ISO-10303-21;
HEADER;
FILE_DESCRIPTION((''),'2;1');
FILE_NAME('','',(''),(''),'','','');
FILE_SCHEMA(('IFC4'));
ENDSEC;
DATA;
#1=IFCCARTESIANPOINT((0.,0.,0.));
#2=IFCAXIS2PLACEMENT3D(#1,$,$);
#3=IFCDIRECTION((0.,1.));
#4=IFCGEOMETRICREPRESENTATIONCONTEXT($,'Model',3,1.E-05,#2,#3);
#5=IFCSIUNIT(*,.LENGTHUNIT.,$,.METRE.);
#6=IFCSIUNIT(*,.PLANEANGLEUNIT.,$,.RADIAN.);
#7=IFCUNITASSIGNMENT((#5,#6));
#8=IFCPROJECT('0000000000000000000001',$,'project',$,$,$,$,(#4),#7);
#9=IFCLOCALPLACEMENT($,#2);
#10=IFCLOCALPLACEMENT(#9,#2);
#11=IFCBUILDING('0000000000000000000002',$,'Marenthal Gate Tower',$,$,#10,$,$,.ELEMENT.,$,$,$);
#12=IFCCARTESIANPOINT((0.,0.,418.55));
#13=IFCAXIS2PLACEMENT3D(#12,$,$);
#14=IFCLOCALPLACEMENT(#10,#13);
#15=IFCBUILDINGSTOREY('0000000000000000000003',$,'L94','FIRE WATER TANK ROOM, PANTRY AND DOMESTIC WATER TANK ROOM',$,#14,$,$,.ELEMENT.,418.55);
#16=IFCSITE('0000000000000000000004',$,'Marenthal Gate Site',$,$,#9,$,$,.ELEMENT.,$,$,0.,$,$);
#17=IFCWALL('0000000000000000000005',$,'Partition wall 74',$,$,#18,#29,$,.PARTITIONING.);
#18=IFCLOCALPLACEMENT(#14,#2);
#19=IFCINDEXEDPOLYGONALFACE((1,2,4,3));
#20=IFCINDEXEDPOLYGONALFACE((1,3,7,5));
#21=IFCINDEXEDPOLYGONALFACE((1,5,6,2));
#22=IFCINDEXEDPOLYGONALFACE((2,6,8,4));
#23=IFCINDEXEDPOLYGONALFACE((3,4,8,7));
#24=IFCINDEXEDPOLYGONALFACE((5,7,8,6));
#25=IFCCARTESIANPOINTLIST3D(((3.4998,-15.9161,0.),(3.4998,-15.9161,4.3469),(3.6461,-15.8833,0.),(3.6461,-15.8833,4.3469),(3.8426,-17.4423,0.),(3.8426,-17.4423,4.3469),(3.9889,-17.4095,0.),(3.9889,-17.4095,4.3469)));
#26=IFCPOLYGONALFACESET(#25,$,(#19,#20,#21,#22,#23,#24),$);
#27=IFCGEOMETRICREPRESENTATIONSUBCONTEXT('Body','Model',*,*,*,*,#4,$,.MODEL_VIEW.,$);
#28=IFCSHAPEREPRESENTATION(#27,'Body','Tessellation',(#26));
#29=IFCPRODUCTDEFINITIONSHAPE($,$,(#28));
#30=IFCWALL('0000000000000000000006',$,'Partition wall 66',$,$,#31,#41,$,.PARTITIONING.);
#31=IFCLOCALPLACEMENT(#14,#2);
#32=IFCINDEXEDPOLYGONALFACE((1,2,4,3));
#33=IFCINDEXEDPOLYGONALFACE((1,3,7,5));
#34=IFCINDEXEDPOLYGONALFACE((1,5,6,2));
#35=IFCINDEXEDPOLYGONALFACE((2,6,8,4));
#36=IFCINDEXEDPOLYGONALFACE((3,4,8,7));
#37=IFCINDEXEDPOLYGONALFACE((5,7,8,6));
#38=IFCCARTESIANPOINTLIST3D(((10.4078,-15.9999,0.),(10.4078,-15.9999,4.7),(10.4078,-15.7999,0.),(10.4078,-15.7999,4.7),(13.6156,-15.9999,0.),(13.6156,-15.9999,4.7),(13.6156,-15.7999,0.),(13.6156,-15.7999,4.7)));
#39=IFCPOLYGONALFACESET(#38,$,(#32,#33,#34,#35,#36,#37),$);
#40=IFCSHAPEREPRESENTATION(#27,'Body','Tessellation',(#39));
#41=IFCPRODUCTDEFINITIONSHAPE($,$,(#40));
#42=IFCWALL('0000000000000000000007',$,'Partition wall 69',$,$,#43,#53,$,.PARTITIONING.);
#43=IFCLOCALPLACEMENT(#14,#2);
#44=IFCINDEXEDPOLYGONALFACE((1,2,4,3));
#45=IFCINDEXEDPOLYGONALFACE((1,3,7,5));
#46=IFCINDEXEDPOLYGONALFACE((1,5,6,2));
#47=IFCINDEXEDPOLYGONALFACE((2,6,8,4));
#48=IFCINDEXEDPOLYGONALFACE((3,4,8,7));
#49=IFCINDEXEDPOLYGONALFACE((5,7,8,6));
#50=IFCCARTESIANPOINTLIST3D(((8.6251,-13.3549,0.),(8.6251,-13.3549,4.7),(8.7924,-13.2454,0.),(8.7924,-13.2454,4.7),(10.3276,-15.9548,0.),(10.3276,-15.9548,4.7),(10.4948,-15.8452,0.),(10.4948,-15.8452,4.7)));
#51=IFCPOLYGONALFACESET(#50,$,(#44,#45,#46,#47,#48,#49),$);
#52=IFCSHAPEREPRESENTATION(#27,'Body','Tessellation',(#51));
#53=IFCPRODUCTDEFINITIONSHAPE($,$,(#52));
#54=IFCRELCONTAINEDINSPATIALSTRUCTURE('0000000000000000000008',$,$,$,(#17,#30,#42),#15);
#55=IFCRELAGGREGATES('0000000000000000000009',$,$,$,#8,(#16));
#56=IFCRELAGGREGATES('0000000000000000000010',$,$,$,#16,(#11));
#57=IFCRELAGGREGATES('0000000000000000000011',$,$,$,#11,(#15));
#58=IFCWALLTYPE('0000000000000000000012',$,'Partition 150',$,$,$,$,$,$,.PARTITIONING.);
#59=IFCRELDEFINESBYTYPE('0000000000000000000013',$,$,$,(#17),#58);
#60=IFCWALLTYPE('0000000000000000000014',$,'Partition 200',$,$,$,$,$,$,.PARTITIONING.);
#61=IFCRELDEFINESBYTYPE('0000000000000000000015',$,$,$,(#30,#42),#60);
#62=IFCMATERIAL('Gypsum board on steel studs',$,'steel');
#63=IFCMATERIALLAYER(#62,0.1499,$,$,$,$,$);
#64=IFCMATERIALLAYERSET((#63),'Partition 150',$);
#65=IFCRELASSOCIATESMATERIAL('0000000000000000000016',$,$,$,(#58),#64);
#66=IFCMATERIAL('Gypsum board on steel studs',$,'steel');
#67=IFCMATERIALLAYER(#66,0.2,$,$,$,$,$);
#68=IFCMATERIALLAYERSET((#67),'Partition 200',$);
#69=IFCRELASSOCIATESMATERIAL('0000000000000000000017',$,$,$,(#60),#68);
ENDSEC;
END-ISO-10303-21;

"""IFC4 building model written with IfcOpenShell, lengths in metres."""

from ifc_helpers import new_model, si_unit, direction, frame, frame_2d, origin, place, context, subcontext, project, spatial, rectangle, extrude, material, layer, layer_set, type_object, element, save


model = new_model("IFC4")

# Units and contexts
model_context = context("Model", 3, precision=1e-05, world=origin(), true_north=direction((0.0, 1.0)))
body_context = subcontext(model_context, "Body", "Model", "MODEL_VIEW")
ifc_project = project(units=[si_unit("LENGTHUNIT", "METRE"), si_unit("PLANEANGLEUNIT", "RADIAN")], contexts=[model_context])

# Site, building, storey
site_placement = place(None, origin())
site = spatial("IfcSite", under=ifc_project, at=site_placement, Name="Marenthal Gate Site", CompositionType="ELEMENT", RefElevation=0.0)
building_placement = place(site_placement, origin())
building = spatial("IfcBuilding", under=site, at=building_placement, Name="Marenthal Gate Tower", CompositionType="ELEMENT")
storey_placement = place(building_placement, frame((0.0, 0.0, 418.55)))
storey = spatial("IfcBuildingStorey", under=building, at=storey_placement, Name="L94", Description="FIRE WATER TANK ROOM, PANTRY AND DOMESTIC WATER TANK ROOM", CompositionType="ELEMENT", Elevation=418.55)

# Shared definitions
ifc_material_1 = material(Name="Gypsum board on steel studs", Category="steel")
ifc_layer_1 = layer(ifc_material_1, 0.1499)
ifc_layer_set_1 = layer_set([ifc_layer_1], Name="Partition 150")
wall_type_1 = type_object("IfcWallType", Name="Partition 150", PredefinedType="PARTITIONING", material=ifc_layer_set_1)

# Walls
wall_1_placement = place(storey_placement, frame((3.9158, -17.426, 0.0), z_axis=(0.0, 0.0, 1.0), x_axis=(-0.219144, 0.975692, 0.0)))
element("IfcWall", 1, at=wall_1_placement, inside=storey, type_object=wall_type_1, Name="Partition wall 74", PredefinedType="PARTITIONING", context=body_context, shape_type="SweptSolid", body=[
    extrude(rectangle(XDim=1.5642, YDim=0.1499, at=frame_2d((0.7822, 0.0))), origin(), (0.0, 0.0, 1.0), 4.3469),
])
ifc_material_2 = material(Name="Gypsum board on steel studs", Category="steel")
ifc_layer_2 = layer(ifc_material_2, 0.2)
ifc_layer_set_2 = layer_set([ifc_layer_2], Name="Partition 200")
wall_type_2 = type_object("IfcWallType", Name="Partition 200", PredefinedType="PARTITIONING", material=ifc_layer_set_2)
wall_2_placement = place(storey_placement, frame((10.4077, -15.8999, 0.0), z_axis=(0.0, 0.0, 1.0), x_axis=(1.0, 0.0, 0.0)))
element("IfcWall", 2, at=wall_2_placement, inside=storey, type_object=wall_type_2, Name="Partition wall 66", PredefinedType="PARTITIONING", context=body_context, shape_type="SweptSolid", body=[
    extrude(rectangle(XDim=3.2078, YDim=0.2, at=frame_2d((1.604, 0.0))), origin(), (0.0, 0.0, 1.0), 4.7),
])
wall_3_placement = place(storey_placement, frame((10.4111, -15.8999, 0.0), z_axis=(0.0, 0.0, 1.0), x_axis=(-0.54781, 0.836603, 0.0)))
element("IfcWall", 3, at=wall_3_placement, inside=storey, type_object=wall_type_2, Name="Partition wall 69", PredefinedType="PARTITIONING", context=body_context, shape_type="SweptSolid", body=[
    extrude(rectangle(XDim=3.1077, YDim=0.2, at=frame_2d((1.5537, 0.0))), origin(), (0.0, 0.0, 1.0), 4.7),
])

save(model, "model.ifc")
